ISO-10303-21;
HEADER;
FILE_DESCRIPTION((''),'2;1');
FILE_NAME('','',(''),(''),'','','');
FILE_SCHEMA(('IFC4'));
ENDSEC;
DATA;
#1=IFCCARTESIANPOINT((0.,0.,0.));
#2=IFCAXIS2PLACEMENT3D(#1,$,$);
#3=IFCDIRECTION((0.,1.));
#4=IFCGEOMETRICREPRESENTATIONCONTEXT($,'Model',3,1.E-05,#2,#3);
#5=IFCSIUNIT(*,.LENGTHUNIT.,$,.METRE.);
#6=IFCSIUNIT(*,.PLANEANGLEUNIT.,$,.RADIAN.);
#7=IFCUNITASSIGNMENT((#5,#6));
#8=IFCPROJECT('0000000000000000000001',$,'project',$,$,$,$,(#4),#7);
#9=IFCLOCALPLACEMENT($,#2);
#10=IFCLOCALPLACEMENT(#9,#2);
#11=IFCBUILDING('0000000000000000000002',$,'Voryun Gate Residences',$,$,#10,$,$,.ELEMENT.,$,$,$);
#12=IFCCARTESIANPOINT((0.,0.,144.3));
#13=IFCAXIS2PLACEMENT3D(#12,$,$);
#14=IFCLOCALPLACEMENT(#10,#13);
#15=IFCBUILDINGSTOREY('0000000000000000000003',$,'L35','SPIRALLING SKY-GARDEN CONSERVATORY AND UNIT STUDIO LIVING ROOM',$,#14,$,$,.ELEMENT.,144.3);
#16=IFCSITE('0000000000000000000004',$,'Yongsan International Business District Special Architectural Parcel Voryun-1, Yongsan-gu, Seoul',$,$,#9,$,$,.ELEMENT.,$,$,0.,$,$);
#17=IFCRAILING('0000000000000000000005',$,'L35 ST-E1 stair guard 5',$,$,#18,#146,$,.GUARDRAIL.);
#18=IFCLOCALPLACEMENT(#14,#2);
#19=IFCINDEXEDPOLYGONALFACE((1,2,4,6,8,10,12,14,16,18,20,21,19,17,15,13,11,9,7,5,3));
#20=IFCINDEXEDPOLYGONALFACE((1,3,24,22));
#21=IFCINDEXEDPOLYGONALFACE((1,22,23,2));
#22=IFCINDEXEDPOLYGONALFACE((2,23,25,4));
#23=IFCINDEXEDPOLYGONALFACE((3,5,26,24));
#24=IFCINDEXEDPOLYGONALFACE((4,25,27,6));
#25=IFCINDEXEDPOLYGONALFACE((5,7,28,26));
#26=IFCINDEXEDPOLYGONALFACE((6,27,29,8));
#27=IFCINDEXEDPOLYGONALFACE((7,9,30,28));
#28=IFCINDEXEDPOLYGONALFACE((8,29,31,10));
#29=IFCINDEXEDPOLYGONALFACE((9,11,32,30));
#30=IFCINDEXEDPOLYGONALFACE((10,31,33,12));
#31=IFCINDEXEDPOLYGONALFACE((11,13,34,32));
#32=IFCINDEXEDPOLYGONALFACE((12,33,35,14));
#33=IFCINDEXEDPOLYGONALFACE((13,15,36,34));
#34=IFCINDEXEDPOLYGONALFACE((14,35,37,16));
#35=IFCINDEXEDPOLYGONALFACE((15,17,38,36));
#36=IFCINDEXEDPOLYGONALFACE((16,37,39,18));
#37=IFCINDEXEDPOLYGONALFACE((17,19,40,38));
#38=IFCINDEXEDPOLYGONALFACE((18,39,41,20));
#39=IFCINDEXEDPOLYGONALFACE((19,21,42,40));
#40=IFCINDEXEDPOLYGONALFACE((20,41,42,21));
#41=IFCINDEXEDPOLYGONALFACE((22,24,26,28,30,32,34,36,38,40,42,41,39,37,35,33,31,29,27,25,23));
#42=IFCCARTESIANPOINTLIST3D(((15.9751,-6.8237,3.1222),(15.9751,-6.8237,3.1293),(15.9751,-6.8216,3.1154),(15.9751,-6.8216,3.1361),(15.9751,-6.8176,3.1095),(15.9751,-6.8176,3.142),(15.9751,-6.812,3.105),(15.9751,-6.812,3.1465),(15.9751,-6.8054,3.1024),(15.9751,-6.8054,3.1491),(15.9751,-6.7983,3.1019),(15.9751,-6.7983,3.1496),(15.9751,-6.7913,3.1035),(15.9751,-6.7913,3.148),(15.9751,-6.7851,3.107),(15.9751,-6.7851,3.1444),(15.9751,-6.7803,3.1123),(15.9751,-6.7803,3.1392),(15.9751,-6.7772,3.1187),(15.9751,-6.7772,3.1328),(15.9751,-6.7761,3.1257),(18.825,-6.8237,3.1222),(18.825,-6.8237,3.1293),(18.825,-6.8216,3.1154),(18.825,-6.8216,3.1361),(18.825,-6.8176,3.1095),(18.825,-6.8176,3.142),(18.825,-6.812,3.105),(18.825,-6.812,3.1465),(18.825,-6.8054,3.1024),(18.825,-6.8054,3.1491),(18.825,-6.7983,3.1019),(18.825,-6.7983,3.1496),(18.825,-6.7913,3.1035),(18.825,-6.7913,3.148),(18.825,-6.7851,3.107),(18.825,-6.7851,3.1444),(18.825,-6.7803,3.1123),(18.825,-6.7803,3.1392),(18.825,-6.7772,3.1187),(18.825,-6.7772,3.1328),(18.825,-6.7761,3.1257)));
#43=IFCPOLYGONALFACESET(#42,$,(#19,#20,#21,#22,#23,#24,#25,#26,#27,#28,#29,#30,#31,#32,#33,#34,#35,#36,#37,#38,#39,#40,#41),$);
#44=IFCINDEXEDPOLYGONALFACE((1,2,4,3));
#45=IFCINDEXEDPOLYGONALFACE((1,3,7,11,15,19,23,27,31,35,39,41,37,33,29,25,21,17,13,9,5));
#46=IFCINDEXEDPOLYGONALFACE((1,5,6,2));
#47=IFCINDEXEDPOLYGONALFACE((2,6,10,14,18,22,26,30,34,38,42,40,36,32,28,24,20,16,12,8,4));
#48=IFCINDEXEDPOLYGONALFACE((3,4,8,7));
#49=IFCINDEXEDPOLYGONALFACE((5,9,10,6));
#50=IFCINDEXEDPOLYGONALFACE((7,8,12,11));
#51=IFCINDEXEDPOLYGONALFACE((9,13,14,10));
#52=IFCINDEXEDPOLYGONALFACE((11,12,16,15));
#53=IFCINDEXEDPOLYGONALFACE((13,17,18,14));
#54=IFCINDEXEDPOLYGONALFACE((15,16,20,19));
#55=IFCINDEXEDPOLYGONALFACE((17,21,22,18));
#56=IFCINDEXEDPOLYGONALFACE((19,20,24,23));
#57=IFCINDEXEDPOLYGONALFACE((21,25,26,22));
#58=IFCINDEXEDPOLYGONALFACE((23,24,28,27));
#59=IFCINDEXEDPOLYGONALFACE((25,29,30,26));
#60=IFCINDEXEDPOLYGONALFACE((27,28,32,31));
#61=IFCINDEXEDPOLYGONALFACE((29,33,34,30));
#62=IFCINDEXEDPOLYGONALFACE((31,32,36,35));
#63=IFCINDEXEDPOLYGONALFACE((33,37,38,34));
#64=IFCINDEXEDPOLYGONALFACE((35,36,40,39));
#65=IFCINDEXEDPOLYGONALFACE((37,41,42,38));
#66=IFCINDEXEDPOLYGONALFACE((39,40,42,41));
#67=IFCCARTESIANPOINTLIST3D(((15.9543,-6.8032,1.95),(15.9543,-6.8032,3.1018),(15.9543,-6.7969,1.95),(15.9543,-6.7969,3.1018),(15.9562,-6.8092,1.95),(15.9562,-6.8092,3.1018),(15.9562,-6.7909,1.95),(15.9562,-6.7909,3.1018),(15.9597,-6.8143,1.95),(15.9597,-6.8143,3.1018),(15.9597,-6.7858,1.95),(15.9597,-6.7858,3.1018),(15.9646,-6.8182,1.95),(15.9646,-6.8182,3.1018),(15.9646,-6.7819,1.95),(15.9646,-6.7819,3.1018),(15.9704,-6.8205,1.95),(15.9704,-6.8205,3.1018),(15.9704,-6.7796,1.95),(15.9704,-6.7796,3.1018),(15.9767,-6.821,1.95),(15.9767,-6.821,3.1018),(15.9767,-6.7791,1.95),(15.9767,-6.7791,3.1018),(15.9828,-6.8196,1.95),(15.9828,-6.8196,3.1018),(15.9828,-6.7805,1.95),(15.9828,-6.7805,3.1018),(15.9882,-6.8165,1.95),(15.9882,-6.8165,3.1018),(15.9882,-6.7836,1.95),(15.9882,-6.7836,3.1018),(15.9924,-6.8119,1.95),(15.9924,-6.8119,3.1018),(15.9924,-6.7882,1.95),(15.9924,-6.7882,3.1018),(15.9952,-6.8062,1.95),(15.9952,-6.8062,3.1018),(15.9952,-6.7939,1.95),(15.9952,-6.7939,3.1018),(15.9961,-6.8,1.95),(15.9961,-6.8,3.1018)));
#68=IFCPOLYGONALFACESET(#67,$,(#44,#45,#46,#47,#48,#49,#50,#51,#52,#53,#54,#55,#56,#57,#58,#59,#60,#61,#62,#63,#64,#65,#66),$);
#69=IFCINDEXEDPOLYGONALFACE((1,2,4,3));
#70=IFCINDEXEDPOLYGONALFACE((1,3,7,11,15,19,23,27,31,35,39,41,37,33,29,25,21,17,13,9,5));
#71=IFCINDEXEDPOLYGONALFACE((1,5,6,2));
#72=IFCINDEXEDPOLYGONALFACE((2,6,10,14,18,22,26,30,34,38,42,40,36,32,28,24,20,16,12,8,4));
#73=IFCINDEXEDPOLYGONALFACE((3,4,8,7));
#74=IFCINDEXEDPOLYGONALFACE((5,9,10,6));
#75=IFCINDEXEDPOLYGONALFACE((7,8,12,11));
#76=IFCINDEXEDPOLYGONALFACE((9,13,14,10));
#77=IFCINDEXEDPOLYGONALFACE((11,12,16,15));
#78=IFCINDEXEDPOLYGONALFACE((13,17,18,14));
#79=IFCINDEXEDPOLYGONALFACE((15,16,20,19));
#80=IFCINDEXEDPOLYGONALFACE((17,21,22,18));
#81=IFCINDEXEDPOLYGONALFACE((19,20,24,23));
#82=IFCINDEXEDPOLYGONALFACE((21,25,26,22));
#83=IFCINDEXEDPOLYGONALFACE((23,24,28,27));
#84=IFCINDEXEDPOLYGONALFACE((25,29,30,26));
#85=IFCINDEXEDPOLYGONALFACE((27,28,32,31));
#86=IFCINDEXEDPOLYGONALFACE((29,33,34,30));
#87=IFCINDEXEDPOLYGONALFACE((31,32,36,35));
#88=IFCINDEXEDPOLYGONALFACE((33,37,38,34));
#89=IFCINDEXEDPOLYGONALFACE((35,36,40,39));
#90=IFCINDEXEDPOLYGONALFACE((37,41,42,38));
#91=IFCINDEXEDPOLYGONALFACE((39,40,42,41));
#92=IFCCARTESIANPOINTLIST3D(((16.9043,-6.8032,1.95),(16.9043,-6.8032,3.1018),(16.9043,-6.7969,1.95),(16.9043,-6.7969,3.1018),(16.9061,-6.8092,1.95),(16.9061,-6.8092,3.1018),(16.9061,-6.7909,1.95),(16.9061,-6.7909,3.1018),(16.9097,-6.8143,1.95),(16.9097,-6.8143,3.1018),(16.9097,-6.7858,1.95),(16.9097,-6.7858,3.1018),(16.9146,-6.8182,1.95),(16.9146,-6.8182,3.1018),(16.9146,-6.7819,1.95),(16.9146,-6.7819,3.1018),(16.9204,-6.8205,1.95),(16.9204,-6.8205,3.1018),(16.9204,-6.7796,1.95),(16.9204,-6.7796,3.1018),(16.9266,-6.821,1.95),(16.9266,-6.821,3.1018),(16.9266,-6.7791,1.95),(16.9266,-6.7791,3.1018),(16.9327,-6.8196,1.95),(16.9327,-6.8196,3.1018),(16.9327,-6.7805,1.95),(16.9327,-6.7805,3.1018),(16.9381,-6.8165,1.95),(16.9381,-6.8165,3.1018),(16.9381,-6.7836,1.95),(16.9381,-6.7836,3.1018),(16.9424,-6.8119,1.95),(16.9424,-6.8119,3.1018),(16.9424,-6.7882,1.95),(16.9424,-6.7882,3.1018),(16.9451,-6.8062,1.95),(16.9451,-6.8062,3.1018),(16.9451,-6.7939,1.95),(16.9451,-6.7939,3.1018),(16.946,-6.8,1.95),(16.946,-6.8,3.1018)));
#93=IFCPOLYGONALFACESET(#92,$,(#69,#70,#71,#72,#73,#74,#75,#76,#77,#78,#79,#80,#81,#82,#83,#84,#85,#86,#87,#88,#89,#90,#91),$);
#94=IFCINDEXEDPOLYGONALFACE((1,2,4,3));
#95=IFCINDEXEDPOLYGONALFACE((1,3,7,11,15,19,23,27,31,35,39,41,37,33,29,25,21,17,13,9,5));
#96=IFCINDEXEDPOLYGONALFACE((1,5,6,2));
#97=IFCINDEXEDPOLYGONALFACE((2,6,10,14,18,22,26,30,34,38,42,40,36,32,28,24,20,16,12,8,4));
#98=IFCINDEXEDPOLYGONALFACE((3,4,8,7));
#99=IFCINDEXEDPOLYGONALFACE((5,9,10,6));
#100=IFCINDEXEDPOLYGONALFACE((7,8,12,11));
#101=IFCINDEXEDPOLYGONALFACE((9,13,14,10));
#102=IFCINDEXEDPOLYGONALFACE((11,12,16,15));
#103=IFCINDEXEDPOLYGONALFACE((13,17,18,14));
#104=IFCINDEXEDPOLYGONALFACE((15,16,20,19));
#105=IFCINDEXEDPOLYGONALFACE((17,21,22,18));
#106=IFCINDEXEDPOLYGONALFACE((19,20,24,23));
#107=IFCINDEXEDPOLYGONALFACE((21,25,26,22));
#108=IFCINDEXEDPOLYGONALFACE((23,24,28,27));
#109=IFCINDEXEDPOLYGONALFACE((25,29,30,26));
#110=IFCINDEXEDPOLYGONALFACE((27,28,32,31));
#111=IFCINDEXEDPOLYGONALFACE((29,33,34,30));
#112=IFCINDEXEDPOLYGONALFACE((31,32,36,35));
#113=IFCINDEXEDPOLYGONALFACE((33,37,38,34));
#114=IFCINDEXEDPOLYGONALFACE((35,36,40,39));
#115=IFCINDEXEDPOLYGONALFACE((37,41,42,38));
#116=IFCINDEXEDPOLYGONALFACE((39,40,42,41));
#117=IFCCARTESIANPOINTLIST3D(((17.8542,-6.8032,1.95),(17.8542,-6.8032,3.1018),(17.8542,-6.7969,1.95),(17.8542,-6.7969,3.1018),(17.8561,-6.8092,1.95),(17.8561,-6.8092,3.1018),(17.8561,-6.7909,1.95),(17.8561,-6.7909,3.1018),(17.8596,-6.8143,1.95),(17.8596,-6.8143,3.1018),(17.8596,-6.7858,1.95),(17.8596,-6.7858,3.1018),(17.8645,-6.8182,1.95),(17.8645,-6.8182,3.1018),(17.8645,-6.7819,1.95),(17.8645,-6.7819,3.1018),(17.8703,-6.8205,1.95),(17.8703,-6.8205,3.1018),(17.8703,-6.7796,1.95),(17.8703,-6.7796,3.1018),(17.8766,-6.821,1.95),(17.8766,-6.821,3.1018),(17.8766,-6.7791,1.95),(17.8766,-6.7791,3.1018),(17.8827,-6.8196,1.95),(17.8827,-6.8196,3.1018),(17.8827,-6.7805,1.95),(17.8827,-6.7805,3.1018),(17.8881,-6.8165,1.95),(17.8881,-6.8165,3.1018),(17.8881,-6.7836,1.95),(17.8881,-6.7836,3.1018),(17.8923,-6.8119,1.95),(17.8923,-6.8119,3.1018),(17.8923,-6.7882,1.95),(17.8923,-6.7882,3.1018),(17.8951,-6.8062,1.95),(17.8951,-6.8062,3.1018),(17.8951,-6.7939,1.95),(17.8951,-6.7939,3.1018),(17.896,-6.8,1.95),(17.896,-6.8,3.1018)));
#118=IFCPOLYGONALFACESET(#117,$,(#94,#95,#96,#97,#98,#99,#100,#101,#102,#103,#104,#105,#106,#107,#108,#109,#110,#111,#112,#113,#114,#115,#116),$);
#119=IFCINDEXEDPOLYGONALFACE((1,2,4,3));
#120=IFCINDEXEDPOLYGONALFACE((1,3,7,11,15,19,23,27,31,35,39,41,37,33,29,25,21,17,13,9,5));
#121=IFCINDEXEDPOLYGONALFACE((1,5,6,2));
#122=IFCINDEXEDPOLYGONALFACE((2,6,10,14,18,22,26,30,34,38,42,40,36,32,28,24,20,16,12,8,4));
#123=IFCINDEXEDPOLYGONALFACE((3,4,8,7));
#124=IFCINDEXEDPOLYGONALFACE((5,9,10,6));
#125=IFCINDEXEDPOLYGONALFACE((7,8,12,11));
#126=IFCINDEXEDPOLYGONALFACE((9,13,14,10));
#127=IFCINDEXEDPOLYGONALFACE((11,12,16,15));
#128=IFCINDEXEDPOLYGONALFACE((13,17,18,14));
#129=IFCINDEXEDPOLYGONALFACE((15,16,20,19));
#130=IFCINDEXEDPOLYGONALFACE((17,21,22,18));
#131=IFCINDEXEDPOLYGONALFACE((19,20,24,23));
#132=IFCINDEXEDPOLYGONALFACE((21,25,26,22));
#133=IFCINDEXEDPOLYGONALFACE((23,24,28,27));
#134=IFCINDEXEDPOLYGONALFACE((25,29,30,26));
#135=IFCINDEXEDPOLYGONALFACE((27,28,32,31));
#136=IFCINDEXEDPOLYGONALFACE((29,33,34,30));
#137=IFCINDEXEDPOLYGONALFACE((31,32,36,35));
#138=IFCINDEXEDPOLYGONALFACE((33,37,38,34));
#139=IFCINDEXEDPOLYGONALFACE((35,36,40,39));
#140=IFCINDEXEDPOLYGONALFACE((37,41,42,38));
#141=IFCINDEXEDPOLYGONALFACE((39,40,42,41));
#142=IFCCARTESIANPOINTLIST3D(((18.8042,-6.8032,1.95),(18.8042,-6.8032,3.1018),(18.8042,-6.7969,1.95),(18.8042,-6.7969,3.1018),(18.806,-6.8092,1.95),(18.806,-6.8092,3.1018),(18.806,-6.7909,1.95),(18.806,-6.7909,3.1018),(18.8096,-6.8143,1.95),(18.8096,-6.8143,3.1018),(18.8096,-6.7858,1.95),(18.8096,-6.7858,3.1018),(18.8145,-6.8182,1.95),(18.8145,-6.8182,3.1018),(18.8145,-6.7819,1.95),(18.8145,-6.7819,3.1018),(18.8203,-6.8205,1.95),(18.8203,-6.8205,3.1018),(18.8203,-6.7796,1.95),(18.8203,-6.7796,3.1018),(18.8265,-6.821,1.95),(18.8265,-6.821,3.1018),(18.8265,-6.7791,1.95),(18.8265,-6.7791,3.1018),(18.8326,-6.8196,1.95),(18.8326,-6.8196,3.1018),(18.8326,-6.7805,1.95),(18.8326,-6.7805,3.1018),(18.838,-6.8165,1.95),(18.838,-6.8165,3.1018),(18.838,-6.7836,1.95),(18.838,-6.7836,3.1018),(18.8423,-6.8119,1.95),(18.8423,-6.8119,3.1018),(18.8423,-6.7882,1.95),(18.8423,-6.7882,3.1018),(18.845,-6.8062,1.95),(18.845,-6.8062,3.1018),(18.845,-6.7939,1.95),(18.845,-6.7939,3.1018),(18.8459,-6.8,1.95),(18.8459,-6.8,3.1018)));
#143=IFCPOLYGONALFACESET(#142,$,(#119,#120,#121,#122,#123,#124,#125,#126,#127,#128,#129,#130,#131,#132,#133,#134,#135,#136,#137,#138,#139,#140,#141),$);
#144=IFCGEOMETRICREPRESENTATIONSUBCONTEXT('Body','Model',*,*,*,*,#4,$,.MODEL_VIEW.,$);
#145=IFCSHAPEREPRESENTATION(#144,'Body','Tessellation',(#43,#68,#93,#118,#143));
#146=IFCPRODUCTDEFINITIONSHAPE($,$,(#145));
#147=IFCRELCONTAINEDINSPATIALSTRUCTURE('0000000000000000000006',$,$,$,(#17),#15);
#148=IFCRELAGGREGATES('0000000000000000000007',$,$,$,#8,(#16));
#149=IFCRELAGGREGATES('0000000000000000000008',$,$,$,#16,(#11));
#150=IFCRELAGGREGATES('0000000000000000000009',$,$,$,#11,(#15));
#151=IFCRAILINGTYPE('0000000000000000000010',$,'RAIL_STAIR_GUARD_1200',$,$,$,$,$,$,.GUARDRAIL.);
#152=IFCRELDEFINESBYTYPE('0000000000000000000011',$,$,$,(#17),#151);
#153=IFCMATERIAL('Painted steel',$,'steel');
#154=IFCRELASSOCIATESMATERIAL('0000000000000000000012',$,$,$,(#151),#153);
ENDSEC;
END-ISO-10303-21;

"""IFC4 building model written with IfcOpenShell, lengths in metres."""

from ifc_helpers import new_model, si_unit, direction, frame, origin, origin_2d, place, context, subcontext, project, spatial, circle, extrude, material, type_object, element, save


model = new_model("IFC4")

# Units and contexts
model_context = context("Model", 3, precision=1e-05, world=origin(), true_north=direction((0.0, 1.0)))
body_context = subcontext(model_context, "Body", "Model", "MODEL_VIEW")
ifc_project = project(units=[si_unit("LENGTHUNIT", "METRE"), si_unit("PLANEANGLEUNIT", "RADIAN")], contexts=[model_context])

# Site, building, storey
site_placement = place(None, origin())
site = spatial("IfcSite", under=ifc_project, at=site_placement, Name="Yongsan International Business District Special Architectural Parcel Voryun-1, Yongsan-gu, Seoul", CompositionType="ELEMENT", RefElevation=0.0)
building_placement = place(site_placement, origin())
building = spatial("IfcBuilding", under=site, at=building_placement, Name="Voryun Gate Residences", CompositionType="ELEMENT")
storey_placement = place(building_placement, frame((0.0, 0.0, 144.3)))
storey = spatial("IfcBuildingStorey", under=building, at=storey_placement, Name="L35", Description="SPIRALLING SKY-GARDEN CONSERVATORY AND UNIT STUDIO LIVING ROOM", CompositionType="ELEMENT", Elevation=144.3)

# Railing
ifc_material_1 = material(Name="Painted steel", Category="steel")
railing_type_1 = type_object("IfcRailingType", Name="RAIL_STAIR_GUARD_1200", PredefinedType="GUARDRAIL", material=ifc_material_1)
railing_1_placement = place(storey_placement, frame((15.9751, -6.8, 1.95)))
element("IfcRailing", 1, at=railing_1_placement, inside=storey, type_object=railing_type_1, Name="L35 ST-E1 stair guard 5", PredefinedType="GUARDRAIL", context=body_context, shape_type="SweptSolid", body=[
    extrude(circle(Radius=0.0239, at=origin_2d()), frame((0.0, 0.0, 1.1758), z_axis=(1.0, 0.0, 0.0), x_axis=(0.0, 1.0, 0.0)), (0.0, 0.0, 1.0), 2.8499),
    extrude(circle(Radius=0.021, at=origin_2d()), origin(), (0.0, 0.0, 1.0), 1.1519),
    extrude(circle(Radius=0.021, at=origin_2d()), frame((0.95, 0.0, 0.0)), (0.0, 0.0, 1.0), 1.1519),
    extrude(circle(Radius=0.021, at=origin_2d()), frame((1.8999, 0.0, 0.0)), (0.0, 0.0, 1.0), 1.1519),
    extrude(circle(Radius=0.021, at=origin_2d()), frame((2.8499, 0.0, 0.0)), (0.0, 0.0, 1.0), 1.1519),
])

save(model, "model.ifc")
